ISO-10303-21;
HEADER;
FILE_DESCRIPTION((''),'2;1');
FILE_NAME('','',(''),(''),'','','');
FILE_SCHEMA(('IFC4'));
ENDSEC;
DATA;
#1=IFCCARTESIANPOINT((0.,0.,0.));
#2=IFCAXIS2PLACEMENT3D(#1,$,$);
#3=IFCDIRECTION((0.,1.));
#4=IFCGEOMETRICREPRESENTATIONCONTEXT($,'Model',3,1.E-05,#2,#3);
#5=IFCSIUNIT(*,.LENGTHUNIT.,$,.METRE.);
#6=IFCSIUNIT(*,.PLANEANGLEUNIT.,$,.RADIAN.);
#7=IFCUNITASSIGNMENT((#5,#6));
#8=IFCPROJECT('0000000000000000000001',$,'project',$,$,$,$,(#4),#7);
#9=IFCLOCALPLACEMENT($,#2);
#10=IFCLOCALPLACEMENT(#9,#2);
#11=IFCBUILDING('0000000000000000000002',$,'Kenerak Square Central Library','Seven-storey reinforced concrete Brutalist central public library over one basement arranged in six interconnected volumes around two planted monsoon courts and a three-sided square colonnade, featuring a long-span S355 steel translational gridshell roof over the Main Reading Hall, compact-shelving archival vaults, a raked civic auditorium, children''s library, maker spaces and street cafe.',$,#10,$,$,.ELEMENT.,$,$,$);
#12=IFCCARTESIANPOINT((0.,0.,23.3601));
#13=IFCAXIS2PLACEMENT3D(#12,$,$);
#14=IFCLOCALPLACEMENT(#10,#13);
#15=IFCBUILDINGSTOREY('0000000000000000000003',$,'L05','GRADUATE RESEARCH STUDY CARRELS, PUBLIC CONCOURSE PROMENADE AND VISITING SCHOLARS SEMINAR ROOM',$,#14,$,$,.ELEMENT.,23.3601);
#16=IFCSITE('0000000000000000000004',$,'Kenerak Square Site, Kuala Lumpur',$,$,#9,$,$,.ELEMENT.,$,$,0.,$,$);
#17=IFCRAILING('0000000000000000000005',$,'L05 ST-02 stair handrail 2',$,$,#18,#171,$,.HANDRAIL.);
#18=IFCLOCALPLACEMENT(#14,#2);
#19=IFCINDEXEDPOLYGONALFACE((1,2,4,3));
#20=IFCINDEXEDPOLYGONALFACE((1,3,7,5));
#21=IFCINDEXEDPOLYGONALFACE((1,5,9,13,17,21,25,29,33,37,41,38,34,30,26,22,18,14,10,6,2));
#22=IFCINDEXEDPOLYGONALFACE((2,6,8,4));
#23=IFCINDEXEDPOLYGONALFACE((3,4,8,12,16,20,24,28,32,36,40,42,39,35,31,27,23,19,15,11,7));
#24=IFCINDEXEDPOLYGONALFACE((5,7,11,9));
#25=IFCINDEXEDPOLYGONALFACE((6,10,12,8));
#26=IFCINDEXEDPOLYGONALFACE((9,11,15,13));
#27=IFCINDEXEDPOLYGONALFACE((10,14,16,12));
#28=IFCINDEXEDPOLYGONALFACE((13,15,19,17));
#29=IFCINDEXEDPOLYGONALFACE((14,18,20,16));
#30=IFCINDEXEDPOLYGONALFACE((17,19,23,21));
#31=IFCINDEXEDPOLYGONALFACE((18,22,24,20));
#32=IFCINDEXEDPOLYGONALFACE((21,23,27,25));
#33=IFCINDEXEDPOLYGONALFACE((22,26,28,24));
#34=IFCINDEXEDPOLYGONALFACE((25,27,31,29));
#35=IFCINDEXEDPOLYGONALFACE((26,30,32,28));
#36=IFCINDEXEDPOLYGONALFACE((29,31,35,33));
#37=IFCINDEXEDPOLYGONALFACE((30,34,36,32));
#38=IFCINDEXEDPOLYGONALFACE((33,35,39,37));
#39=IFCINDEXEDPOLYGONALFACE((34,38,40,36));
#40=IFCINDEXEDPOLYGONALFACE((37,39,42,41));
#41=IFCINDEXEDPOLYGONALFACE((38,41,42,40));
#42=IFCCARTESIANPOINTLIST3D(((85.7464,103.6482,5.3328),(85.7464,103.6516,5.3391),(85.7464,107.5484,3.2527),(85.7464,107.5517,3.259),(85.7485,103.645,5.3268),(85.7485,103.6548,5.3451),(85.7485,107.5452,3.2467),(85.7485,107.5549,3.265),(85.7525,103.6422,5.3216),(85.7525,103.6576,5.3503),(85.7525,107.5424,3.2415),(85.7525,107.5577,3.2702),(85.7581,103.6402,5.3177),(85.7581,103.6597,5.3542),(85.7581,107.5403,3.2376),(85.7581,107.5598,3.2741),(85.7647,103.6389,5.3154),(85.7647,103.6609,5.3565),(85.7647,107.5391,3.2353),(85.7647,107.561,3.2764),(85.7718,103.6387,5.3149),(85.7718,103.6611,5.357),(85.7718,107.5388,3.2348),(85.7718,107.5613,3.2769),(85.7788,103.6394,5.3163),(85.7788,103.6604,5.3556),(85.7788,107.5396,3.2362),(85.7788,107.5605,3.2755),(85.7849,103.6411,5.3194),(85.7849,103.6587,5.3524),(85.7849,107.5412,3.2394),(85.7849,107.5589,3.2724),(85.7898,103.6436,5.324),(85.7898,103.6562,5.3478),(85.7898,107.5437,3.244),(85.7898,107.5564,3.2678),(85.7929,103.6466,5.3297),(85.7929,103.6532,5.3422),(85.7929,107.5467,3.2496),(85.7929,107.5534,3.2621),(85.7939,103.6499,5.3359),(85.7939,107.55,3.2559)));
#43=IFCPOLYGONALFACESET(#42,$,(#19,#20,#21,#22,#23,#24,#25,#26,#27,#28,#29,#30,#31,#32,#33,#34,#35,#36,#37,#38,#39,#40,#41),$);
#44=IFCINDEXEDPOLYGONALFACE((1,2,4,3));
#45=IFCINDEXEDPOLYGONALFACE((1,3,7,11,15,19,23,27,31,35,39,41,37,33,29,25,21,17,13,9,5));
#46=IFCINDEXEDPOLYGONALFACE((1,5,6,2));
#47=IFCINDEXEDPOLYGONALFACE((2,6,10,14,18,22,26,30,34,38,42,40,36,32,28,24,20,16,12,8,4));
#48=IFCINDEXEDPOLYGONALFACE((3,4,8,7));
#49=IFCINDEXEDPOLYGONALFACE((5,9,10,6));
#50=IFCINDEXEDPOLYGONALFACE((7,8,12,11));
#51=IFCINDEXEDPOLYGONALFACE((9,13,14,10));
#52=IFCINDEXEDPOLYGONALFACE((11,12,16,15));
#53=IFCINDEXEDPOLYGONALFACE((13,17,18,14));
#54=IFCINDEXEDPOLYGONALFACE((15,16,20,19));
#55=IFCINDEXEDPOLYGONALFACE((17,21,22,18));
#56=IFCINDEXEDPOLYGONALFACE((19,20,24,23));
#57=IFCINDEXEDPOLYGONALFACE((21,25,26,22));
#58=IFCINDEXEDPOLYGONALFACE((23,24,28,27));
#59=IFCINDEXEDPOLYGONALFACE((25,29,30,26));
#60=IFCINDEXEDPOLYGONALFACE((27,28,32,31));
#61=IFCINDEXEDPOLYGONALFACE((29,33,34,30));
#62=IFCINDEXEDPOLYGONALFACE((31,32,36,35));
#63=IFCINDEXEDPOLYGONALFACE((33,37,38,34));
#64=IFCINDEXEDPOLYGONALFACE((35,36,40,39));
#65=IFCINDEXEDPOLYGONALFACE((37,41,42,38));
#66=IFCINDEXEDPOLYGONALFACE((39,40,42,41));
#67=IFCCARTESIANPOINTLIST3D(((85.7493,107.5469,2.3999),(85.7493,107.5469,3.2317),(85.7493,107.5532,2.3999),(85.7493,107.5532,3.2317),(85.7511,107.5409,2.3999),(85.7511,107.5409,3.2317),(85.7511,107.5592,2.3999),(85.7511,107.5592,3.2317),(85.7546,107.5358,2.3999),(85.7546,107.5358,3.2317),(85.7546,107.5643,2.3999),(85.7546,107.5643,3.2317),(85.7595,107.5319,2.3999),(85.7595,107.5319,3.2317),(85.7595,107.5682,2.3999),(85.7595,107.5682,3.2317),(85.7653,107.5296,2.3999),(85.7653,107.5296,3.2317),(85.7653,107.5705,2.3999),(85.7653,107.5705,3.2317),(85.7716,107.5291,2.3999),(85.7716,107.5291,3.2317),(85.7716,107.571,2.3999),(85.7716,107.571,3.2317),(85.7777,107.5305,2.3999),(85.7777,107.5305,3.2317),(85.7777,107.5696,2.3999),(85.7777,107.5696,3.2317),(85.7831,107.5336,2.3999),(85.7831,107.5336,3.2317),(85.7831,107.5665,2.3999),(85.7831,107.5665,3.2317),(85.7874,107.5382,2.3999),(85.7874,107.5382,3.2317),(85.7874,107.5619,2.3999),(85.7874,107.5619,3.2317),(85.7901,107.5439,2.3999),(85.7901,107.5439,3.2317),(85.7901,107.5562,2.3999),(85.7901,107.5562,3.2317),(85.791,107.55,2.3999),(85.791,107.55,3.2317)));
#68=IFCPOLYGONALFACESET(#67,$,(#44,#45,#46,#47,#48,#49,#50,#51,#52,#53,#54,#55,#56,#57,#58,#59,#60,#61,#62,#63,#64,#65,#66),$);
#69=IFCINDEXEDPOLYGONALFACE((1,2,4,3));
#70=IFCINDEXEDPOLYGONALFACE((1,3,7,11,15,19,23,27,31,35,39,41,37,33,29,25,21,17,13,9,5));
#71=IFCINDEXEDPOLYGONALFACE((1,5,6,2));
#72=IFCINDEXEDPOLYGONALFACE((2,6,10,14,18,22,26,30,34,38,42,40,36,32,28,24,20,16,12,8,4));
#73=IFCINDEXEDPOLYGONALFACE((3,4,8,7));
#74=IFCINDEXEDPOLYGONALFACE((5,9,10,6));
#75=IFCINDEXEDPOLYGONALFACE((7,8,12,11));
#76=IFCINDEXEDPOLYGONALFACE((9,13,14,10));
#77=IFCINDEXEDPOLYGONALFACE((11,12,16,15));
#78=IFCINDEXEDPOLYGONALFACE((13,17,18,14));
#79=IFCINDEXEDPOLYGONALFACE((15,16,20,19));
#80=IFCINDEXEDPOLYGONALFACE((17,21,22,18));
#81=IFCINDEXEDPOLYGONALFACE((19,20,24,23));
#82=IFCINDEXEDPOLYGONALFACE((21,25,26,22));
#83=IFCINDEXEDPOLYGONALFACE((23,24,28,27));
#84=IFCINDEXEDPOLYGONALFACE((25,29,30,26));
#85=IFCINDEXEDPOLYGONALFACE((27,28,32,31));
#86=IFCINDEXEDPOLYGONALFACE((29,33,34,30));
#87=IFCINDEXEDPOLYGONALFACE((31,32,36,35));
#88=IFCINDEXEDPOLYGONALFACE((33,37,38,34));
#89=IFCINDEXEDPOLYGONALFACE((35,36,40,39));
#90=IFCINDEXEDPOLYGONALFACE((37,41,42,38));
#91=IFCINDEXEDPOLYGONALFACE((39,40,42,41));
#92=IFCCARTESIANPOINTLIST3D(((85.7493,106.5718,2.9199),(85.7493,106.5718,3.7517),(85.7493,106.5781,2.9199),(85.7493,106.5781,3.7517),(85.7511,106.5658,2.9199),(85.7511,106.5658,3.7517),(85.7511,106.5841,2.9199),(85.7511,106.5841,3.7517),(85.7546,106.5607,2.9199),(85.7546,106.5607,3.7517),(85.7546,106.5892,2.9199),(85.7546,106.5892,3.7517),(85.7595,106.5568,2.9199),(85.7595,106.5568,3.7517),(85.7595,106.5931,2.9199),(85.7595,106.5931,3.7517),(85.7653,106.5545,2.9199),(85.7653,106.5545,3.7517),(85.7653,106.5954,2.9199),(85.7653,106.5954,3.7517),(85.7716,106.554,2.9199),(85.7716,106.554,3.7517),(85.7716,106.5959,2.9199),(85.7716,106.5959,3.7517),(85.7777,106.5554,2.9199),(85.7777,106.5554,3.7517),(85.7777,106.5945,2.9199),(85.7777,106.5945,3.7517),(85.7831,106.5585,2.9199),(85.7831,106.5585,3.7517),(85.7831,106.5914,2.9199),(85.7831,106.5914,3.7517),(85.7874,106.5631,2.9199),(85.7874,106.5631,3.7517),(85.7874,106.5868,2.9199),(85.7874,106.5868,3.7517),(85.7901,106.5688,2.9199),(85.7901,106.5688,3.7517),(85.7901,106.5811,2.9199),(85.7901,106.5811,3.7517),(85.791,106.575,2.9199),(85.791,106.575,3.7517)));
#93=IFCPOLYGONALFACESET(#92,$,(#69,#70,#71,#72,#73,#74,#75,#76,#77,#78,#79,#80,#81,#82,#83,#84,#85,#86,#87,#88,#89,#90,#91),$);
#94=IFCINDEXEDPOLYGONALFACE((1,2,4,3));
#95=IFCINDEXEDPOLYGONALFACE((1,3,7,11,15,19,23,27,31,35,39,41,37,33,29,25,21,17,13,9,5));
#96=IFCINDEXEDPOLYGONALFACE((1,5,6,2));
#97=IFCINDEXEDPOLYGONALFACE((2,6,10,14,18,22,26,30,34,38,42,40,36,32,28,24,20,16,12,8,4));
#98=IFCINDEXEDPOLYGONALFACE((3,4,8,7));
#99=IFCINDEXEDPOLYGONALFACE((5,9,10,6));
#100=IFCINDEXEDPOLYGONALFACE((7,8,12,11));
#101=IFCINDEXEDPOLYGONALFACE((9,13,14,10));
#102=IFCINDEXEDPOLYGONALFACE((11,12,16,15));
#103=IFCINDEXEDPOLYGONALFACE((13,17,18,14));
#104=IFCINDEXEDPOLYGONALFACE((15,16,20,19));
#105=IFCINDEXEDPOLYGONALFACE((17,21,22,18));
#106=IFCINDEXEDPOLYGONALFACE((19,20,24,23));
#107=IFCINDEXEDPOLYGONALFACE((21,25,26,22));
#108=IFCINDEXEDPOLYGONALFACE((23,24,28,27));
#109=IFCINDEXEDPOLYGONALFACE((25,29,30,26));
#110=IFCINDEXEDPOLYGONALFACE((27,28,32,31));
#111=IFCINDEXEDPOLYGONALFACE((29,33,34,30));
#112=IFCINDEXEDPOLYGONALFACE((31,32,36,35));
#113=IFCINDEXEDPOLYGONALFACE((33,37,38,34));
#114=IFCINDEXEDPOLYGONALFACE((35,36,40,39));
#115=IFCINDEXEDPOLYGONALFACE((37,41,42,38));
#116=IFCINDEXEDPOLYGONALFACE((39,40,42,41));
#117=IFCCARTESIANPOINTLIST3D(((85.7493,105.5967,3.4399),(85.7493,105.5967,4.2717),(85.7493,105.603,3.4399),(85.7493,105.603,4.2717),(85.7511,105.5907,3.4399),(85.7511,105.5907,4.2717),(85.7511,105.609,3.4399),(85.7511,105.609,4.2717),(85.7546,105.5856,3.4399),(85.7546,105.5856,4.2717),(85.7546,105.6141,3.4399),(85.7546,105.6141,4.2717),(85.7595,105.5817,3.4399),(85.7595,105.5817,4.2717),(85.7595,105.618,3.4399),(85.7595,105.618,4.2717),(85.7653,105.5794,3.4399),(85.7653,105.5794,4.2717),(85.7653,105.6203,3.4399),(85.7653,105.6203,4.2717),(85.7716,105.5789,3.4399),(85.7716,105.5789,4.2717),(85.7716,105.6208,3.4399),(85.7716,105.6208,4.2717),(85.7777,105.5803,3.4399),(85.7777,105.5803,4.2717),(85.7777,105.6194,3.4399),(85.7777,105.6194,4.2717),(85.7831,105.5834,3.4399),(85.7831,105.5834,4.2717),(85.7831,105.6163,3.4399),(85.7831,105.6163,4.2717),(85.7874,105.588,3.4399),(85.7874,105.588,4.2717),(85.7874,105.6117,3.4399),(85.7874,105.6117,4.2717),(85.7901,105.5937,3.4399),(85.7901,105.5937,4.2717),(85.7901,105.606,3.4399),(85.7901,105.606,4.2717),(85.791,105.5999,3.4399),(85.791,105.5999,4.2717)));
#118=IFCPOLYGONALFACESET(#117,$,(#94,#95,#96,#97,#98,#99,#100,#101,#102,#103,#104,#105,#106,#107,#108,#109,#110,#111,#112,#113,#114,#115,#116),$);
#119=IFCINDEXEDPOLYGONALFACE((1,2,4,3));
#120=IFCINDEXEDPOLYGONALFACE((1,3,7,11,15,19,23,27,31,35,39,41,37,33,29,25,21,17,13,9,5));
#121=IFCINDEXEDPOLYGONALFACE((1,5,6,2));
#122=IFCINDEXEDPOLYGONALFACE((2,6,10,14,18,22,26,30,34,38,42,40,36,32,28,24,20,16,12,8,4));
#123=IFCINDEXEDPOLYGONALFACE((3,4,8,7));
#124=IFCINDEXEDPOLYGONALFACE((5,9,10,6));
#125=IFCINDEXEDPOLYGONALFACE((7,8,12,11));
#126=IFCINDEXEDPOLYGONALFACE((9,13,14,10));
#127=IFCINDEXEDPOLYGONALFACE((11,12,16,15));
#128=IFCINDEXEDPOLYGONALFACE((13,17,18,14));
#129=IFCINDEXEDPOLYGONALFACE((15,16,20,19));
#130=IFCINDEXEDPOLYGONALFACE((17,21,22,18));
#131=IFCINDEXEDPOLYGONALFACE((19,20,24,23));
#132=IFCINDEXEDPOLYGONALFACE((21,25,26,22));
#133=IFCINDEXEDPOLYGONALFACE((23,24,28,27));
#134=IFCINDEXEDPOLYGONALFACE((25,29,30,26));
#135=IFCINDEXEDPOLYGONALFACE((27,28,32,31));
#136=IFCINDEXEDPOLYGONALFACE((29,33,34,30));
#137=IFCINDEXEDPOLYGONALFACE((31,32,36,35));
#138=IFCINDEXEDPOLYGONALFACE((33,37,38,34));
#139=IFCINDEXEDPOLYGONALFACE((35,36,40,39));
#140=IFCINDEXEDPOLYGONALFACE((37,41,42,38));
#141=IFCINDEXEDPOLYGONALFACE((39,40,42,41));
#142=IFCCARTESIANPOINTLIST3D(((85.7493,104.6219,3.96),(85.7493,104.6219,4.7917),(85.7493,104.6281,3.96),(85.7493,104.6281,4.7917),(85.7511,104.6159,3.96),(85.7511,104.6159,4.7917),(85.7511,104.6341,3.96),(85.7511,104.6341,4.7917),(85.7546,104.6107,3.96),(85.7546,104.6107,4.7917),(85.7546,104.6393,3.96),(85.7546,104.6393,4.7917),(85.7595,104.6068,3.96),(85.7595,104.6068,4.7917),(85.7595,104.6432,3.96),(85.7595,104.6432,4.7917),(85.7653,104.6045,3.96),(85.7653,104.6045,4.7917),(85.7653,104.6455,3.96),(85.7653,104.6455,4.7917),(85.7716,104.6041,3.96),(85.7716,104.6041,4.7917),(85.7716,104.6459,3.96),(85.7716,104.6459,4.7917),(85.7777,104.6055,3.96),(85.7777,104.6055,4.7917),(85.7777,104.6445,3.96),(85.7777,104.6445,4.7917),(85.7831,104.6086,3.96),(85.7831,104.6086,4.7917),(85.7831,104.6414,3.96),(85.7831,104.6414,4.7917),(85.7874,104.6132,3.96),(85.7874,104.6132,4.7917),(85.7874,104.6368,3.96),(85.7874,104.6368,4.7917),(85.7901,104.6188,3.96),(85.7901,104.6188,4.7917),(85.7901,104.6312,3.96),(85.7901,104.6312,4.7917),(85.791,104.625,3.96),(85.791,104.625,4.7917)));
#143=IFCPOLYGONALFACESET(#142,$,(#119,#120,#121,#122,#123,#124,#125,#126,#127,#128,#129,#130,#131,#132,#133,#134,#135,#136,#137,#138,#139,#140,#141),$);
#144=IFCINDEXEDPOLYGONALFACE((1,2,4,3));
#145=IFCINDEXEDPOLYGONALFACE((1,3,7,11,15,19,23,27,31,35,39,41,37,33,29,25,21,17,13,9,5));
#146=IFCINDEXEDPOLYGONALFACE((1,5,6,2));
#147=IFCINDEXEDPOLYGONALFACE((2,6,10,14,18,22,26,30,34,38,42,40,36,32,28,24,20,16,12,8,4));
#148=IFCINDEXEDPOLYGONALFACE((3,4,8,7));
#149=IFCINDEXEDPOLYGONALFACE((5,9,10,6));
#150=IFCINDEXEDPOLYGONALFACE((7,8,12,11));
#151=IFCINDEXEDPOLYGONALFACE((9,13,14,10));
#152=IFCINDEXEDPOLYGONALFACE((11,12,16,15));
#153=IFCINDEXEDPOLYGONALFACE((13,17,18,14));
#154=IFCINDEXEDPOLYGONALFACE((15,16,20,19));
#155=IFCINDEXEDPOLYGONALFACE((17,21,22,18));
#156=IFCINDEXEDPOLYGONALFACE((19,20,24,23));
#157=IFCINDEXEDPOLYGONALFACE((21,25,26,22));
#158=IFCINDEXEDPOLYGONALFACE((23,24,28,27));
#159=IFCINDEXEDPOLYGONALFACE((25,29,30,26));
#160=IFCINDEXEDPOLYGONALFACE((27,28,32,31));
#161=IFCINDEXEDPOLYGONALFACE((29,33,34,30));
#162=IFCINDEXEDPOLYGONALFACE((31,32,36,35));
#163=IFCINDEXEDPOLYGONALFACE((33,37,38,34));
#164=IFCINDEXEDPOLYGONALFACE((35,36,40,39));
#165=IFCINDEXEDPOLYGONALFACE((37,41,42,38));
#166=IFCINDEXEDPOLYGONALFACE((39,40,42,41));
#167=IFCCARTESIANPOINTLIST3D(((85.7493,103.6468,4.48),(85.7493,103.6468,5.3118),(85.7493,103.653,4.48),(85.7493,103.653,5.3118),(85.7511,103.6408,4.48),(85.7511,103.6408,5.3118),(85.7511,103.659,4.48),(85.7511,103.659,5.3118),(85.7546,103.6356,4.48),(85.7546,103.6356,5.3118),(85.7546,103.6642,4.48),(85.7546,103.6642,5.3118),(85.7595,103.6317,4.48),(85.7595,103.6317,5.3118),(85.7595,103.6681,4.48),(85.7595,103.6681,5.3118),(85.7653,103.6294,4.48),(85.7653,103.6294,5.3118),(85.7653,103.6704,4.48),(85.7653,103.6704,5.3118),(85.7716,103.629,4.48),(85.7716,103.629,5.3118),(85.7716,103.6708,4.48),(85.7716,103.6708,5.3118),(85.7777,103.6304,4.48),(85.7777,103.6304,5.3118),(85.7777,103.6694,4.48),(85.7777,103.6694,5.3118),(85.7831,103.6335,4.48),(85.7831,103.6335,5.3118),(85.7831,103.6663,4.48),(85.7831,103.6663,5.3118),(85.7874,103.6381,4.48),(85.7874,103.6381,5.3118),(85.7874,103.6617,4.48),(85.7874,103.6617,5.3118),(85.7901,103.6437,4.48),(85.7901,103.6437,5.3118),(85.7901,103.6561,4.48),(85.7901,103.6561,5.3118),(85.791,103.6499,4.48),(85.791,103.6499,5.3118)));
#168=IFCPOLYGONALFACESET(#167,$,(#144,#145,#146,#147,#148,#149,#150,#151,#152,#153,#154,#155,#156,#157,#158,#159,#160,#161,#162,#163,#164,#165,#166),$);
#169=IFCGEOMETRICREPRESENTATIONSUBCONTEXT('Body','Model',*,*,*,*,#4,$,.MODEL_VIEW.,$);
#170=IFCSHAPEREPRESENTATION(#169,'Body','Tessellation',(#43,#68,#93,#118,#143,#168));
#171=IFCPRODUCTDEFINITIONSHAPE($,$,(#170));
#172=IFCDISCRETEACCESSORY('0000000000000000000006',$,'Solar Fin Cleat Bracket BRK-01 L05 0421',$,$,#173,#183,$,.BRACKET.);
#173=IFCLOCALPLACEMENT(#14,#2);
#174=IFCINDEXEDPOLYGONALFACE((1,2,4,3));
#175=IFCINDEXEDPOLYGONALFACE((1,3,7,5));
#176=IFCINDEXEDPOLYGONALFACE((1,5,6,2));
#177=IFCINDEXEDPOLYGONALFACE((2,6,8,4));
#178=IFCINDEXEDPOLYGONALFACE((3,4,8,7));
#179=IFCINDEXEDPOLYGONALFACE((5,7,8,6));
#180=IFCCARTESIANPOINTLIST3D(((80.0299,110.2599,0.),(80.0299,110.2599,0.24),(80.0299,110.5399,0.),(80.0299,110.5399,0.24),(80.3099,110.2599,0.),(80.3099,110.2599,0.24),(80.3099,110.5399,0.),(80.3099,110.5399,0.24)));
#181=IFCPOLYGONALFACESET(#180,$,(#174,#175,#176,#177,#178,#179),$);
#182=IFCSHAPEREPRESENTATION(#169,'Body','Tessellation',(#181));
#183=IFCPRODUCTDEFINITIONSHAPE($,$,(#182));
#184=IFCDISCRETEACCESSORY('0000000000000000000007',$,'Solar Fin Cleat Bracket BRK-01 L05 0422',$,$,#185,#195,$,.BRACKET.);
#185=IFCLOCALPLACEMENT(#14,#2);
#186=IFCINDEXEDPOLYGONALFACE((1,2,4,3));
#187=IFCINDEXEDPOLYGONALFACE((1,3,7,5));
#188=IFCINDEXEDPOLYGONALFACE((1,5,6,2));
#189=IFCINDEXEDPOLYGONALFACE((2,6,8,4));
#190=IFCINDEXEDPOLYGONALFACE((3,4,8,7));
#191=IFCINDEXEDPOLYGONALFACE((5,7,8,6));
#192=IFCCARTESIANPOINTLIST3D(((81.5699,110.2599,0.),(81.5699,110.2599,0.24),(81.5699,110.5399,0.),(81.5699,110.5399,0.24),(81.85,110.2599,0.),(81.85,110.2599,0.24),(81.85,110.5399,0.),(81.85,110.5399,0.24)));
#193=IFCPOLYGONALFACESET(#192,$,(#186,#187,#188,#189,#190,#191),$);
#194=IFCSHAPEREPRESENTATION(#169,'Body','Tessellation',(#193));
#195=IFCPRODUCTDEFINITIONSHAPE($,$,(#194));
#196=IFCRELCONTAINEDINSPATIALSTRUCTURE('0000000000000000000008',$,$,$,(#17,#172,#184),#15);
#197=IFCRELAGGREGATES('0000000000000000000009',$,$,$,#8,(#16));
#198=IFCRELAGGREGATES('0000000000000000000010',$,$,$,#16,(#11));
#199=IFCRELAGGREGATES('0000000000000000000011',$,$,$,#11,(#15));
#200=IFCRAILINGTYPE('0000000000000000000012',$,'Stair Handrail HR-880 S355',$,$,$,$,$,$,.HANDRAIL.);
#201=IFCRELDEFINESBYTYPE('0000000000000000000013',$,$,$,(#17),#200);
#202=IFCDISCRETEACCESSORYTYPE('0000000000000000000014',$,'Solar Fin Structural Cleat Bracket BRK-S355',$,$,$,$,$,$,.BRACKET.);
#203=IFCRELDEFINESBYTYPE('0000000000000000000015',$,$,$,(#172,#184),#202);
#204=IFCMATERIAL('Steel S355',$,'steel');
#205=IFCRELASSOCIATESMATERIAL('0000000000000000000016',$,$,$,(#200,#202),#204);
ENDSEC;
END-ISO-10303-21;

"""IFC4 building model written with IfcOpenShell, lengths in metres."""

from ifc_helpers import new_model, si_unit, direction, frame, origin, origin_2d, place, context, subcontext, project, spatial, rectangle, circle, extrude, material, type_object, element, save


model = new_model("IFC4")

# Units and contexts
model_context = context("Model", 3, precision=1e-05, world=origin(), true_north=direction((0.0, 1.0)))
body_context = subcontext(model_context, "Body", "Model", "MODEL_VIEW")
ifc_project = project(units=[si_unit("LENGTHUNIT", "METRE"), si_unit("PLANEANGLEUNIT", "RADIAN")], contexts=[model_context])

# Site, building, storey
site_placement = place(None, origin())
site = spatial("IfcSite", under=ifc_project, at=site_placement, Name="Kenerak Square Site, Kuala Lumpur", CompositionType="ELEMENT", RefElevation=0.0)
building_placement = place(site_placement, origin())
building = spatial("IfcBuilding", under=site, at=building_placement, Name="Kenerak Square Central Library", Description="Seven-storey reinforced concrete Brutalist central public library over one basement arranged in six interconnected volumes around two planted monsoon courts and a three-sided square colonnade, featuring a long-span S355 steel translational gridshell roof over the Main Reading Hall, compact-shelving archival vaults, a raked civic auditorium, children's library, maker spaces and street cafe.", CompositionType="ELEMENT")
storey_placement = place(building_placement, frame((0.0, 0.0, 23.3601)))
storey = spatial("IfcBuildingStorey", under=building, at=storey_placement, Name="L05", Description="GRADUATE RESEARCH STUDY CARRELS, PUBLIC CONCOURSE PROMENADE AND VISITING SCHOLARS SEMINAR ROOM", CompositionType="ELEMENT", Elevation=23.3601)

# Railing
ifc_material_1 = material(Name="Steel S355", Category="steel")
railing_type_1 = type_object("IfcRailingType", Name="Stair Handrail HR-880 S355", PredefinedType="HANDRAIL", material=ifc_material_1)
railing_1_placement = place(storey_placement, frame((85.77, 107.55, 2.3999)))
element("IfcRailing", 1, at=railing_1_placement, inside=storey, type_object=railing_type_1, Name="L05 ST-02 stair handrail 2", PredefinedType="HANDRAIL", context=body_context, shape_type="SweptSolid", body=[
    extrude(circle(Radius=0.0239, at=origin_2d()), frame((0.0, 0.0, 0.856), z_axis=(0.0, -0.882353, 0.470588), x_axis=(1.0, 0.0, 0.0)), (0.0, 0.0, 1.0), 4.4202),
    extrude(circle(Radius=0.021, at=origin_2d()), origin(), (0.0, 0.0, 1.0), 0.8318),
    extrude(circle(Radius=0.021, at=origin_2d()), frame((0.0, -0.9751, 0.52)), (0.0, 0.0, 1.0), 0.8318),
    extrude(circle(Radius=0.021, at=origin_2d()), frame((0.0, -1.9502, 1.04)), (0.0, 0.0, 1.0), 0.8318),
    extrude(circle(Radius=0.021, at=origin_2d()), frame((0.0, -2.925, 1.5601)), (0.0, 0.0, 1.0), 0.8318),
    extrude(circle(Radius=0.021, at=origin_2d()), frame((0.0, -3.9001, 2.0801)), (0.0, 0.0, 1.0), 0.8318),
])

# Discrete accessories
discrete_accessory_type = type_object("IfcDiscreteAccessoryType", Name="Solar Fin Structural Cleat Bracket BRK-S355", PredefinedType="BRACKET", material=ifc_material_1)
for number, where, z_axis, x_axis, name in (
    (2, (80.1699, 110.3999, 0.0), (0.0, 0.0, 1.0), (1.0, 0.0, 0.0), "Solar Fin Cleat Bracket BRK-01 L05 0421"),
    (3, (81.71, 110.3999, 0.0), (0.0, 0.0, 1.0), (1.0, 0.0, 0.0), "Solar Fin Cleat Bracket BRK-01 L05 0422"),
):
    element("IfcDiscreteAccessory", number, at=place(storey_placement, frame(where, z_axis=z_axis, x_axis=x_axis)), inside=storey, type_object=discrete_accessory_type, Name=name, PredefinedType="BRACKET", context=body_context, shape_type="SweptSolid", body=[
        extrude(rectangle(XDim=0.28, YDim=0.28, at=origin_2d()), origin(), (0.0, 0.0, 1.0), 0.24),
    ])

save(model, "model.ifc")
